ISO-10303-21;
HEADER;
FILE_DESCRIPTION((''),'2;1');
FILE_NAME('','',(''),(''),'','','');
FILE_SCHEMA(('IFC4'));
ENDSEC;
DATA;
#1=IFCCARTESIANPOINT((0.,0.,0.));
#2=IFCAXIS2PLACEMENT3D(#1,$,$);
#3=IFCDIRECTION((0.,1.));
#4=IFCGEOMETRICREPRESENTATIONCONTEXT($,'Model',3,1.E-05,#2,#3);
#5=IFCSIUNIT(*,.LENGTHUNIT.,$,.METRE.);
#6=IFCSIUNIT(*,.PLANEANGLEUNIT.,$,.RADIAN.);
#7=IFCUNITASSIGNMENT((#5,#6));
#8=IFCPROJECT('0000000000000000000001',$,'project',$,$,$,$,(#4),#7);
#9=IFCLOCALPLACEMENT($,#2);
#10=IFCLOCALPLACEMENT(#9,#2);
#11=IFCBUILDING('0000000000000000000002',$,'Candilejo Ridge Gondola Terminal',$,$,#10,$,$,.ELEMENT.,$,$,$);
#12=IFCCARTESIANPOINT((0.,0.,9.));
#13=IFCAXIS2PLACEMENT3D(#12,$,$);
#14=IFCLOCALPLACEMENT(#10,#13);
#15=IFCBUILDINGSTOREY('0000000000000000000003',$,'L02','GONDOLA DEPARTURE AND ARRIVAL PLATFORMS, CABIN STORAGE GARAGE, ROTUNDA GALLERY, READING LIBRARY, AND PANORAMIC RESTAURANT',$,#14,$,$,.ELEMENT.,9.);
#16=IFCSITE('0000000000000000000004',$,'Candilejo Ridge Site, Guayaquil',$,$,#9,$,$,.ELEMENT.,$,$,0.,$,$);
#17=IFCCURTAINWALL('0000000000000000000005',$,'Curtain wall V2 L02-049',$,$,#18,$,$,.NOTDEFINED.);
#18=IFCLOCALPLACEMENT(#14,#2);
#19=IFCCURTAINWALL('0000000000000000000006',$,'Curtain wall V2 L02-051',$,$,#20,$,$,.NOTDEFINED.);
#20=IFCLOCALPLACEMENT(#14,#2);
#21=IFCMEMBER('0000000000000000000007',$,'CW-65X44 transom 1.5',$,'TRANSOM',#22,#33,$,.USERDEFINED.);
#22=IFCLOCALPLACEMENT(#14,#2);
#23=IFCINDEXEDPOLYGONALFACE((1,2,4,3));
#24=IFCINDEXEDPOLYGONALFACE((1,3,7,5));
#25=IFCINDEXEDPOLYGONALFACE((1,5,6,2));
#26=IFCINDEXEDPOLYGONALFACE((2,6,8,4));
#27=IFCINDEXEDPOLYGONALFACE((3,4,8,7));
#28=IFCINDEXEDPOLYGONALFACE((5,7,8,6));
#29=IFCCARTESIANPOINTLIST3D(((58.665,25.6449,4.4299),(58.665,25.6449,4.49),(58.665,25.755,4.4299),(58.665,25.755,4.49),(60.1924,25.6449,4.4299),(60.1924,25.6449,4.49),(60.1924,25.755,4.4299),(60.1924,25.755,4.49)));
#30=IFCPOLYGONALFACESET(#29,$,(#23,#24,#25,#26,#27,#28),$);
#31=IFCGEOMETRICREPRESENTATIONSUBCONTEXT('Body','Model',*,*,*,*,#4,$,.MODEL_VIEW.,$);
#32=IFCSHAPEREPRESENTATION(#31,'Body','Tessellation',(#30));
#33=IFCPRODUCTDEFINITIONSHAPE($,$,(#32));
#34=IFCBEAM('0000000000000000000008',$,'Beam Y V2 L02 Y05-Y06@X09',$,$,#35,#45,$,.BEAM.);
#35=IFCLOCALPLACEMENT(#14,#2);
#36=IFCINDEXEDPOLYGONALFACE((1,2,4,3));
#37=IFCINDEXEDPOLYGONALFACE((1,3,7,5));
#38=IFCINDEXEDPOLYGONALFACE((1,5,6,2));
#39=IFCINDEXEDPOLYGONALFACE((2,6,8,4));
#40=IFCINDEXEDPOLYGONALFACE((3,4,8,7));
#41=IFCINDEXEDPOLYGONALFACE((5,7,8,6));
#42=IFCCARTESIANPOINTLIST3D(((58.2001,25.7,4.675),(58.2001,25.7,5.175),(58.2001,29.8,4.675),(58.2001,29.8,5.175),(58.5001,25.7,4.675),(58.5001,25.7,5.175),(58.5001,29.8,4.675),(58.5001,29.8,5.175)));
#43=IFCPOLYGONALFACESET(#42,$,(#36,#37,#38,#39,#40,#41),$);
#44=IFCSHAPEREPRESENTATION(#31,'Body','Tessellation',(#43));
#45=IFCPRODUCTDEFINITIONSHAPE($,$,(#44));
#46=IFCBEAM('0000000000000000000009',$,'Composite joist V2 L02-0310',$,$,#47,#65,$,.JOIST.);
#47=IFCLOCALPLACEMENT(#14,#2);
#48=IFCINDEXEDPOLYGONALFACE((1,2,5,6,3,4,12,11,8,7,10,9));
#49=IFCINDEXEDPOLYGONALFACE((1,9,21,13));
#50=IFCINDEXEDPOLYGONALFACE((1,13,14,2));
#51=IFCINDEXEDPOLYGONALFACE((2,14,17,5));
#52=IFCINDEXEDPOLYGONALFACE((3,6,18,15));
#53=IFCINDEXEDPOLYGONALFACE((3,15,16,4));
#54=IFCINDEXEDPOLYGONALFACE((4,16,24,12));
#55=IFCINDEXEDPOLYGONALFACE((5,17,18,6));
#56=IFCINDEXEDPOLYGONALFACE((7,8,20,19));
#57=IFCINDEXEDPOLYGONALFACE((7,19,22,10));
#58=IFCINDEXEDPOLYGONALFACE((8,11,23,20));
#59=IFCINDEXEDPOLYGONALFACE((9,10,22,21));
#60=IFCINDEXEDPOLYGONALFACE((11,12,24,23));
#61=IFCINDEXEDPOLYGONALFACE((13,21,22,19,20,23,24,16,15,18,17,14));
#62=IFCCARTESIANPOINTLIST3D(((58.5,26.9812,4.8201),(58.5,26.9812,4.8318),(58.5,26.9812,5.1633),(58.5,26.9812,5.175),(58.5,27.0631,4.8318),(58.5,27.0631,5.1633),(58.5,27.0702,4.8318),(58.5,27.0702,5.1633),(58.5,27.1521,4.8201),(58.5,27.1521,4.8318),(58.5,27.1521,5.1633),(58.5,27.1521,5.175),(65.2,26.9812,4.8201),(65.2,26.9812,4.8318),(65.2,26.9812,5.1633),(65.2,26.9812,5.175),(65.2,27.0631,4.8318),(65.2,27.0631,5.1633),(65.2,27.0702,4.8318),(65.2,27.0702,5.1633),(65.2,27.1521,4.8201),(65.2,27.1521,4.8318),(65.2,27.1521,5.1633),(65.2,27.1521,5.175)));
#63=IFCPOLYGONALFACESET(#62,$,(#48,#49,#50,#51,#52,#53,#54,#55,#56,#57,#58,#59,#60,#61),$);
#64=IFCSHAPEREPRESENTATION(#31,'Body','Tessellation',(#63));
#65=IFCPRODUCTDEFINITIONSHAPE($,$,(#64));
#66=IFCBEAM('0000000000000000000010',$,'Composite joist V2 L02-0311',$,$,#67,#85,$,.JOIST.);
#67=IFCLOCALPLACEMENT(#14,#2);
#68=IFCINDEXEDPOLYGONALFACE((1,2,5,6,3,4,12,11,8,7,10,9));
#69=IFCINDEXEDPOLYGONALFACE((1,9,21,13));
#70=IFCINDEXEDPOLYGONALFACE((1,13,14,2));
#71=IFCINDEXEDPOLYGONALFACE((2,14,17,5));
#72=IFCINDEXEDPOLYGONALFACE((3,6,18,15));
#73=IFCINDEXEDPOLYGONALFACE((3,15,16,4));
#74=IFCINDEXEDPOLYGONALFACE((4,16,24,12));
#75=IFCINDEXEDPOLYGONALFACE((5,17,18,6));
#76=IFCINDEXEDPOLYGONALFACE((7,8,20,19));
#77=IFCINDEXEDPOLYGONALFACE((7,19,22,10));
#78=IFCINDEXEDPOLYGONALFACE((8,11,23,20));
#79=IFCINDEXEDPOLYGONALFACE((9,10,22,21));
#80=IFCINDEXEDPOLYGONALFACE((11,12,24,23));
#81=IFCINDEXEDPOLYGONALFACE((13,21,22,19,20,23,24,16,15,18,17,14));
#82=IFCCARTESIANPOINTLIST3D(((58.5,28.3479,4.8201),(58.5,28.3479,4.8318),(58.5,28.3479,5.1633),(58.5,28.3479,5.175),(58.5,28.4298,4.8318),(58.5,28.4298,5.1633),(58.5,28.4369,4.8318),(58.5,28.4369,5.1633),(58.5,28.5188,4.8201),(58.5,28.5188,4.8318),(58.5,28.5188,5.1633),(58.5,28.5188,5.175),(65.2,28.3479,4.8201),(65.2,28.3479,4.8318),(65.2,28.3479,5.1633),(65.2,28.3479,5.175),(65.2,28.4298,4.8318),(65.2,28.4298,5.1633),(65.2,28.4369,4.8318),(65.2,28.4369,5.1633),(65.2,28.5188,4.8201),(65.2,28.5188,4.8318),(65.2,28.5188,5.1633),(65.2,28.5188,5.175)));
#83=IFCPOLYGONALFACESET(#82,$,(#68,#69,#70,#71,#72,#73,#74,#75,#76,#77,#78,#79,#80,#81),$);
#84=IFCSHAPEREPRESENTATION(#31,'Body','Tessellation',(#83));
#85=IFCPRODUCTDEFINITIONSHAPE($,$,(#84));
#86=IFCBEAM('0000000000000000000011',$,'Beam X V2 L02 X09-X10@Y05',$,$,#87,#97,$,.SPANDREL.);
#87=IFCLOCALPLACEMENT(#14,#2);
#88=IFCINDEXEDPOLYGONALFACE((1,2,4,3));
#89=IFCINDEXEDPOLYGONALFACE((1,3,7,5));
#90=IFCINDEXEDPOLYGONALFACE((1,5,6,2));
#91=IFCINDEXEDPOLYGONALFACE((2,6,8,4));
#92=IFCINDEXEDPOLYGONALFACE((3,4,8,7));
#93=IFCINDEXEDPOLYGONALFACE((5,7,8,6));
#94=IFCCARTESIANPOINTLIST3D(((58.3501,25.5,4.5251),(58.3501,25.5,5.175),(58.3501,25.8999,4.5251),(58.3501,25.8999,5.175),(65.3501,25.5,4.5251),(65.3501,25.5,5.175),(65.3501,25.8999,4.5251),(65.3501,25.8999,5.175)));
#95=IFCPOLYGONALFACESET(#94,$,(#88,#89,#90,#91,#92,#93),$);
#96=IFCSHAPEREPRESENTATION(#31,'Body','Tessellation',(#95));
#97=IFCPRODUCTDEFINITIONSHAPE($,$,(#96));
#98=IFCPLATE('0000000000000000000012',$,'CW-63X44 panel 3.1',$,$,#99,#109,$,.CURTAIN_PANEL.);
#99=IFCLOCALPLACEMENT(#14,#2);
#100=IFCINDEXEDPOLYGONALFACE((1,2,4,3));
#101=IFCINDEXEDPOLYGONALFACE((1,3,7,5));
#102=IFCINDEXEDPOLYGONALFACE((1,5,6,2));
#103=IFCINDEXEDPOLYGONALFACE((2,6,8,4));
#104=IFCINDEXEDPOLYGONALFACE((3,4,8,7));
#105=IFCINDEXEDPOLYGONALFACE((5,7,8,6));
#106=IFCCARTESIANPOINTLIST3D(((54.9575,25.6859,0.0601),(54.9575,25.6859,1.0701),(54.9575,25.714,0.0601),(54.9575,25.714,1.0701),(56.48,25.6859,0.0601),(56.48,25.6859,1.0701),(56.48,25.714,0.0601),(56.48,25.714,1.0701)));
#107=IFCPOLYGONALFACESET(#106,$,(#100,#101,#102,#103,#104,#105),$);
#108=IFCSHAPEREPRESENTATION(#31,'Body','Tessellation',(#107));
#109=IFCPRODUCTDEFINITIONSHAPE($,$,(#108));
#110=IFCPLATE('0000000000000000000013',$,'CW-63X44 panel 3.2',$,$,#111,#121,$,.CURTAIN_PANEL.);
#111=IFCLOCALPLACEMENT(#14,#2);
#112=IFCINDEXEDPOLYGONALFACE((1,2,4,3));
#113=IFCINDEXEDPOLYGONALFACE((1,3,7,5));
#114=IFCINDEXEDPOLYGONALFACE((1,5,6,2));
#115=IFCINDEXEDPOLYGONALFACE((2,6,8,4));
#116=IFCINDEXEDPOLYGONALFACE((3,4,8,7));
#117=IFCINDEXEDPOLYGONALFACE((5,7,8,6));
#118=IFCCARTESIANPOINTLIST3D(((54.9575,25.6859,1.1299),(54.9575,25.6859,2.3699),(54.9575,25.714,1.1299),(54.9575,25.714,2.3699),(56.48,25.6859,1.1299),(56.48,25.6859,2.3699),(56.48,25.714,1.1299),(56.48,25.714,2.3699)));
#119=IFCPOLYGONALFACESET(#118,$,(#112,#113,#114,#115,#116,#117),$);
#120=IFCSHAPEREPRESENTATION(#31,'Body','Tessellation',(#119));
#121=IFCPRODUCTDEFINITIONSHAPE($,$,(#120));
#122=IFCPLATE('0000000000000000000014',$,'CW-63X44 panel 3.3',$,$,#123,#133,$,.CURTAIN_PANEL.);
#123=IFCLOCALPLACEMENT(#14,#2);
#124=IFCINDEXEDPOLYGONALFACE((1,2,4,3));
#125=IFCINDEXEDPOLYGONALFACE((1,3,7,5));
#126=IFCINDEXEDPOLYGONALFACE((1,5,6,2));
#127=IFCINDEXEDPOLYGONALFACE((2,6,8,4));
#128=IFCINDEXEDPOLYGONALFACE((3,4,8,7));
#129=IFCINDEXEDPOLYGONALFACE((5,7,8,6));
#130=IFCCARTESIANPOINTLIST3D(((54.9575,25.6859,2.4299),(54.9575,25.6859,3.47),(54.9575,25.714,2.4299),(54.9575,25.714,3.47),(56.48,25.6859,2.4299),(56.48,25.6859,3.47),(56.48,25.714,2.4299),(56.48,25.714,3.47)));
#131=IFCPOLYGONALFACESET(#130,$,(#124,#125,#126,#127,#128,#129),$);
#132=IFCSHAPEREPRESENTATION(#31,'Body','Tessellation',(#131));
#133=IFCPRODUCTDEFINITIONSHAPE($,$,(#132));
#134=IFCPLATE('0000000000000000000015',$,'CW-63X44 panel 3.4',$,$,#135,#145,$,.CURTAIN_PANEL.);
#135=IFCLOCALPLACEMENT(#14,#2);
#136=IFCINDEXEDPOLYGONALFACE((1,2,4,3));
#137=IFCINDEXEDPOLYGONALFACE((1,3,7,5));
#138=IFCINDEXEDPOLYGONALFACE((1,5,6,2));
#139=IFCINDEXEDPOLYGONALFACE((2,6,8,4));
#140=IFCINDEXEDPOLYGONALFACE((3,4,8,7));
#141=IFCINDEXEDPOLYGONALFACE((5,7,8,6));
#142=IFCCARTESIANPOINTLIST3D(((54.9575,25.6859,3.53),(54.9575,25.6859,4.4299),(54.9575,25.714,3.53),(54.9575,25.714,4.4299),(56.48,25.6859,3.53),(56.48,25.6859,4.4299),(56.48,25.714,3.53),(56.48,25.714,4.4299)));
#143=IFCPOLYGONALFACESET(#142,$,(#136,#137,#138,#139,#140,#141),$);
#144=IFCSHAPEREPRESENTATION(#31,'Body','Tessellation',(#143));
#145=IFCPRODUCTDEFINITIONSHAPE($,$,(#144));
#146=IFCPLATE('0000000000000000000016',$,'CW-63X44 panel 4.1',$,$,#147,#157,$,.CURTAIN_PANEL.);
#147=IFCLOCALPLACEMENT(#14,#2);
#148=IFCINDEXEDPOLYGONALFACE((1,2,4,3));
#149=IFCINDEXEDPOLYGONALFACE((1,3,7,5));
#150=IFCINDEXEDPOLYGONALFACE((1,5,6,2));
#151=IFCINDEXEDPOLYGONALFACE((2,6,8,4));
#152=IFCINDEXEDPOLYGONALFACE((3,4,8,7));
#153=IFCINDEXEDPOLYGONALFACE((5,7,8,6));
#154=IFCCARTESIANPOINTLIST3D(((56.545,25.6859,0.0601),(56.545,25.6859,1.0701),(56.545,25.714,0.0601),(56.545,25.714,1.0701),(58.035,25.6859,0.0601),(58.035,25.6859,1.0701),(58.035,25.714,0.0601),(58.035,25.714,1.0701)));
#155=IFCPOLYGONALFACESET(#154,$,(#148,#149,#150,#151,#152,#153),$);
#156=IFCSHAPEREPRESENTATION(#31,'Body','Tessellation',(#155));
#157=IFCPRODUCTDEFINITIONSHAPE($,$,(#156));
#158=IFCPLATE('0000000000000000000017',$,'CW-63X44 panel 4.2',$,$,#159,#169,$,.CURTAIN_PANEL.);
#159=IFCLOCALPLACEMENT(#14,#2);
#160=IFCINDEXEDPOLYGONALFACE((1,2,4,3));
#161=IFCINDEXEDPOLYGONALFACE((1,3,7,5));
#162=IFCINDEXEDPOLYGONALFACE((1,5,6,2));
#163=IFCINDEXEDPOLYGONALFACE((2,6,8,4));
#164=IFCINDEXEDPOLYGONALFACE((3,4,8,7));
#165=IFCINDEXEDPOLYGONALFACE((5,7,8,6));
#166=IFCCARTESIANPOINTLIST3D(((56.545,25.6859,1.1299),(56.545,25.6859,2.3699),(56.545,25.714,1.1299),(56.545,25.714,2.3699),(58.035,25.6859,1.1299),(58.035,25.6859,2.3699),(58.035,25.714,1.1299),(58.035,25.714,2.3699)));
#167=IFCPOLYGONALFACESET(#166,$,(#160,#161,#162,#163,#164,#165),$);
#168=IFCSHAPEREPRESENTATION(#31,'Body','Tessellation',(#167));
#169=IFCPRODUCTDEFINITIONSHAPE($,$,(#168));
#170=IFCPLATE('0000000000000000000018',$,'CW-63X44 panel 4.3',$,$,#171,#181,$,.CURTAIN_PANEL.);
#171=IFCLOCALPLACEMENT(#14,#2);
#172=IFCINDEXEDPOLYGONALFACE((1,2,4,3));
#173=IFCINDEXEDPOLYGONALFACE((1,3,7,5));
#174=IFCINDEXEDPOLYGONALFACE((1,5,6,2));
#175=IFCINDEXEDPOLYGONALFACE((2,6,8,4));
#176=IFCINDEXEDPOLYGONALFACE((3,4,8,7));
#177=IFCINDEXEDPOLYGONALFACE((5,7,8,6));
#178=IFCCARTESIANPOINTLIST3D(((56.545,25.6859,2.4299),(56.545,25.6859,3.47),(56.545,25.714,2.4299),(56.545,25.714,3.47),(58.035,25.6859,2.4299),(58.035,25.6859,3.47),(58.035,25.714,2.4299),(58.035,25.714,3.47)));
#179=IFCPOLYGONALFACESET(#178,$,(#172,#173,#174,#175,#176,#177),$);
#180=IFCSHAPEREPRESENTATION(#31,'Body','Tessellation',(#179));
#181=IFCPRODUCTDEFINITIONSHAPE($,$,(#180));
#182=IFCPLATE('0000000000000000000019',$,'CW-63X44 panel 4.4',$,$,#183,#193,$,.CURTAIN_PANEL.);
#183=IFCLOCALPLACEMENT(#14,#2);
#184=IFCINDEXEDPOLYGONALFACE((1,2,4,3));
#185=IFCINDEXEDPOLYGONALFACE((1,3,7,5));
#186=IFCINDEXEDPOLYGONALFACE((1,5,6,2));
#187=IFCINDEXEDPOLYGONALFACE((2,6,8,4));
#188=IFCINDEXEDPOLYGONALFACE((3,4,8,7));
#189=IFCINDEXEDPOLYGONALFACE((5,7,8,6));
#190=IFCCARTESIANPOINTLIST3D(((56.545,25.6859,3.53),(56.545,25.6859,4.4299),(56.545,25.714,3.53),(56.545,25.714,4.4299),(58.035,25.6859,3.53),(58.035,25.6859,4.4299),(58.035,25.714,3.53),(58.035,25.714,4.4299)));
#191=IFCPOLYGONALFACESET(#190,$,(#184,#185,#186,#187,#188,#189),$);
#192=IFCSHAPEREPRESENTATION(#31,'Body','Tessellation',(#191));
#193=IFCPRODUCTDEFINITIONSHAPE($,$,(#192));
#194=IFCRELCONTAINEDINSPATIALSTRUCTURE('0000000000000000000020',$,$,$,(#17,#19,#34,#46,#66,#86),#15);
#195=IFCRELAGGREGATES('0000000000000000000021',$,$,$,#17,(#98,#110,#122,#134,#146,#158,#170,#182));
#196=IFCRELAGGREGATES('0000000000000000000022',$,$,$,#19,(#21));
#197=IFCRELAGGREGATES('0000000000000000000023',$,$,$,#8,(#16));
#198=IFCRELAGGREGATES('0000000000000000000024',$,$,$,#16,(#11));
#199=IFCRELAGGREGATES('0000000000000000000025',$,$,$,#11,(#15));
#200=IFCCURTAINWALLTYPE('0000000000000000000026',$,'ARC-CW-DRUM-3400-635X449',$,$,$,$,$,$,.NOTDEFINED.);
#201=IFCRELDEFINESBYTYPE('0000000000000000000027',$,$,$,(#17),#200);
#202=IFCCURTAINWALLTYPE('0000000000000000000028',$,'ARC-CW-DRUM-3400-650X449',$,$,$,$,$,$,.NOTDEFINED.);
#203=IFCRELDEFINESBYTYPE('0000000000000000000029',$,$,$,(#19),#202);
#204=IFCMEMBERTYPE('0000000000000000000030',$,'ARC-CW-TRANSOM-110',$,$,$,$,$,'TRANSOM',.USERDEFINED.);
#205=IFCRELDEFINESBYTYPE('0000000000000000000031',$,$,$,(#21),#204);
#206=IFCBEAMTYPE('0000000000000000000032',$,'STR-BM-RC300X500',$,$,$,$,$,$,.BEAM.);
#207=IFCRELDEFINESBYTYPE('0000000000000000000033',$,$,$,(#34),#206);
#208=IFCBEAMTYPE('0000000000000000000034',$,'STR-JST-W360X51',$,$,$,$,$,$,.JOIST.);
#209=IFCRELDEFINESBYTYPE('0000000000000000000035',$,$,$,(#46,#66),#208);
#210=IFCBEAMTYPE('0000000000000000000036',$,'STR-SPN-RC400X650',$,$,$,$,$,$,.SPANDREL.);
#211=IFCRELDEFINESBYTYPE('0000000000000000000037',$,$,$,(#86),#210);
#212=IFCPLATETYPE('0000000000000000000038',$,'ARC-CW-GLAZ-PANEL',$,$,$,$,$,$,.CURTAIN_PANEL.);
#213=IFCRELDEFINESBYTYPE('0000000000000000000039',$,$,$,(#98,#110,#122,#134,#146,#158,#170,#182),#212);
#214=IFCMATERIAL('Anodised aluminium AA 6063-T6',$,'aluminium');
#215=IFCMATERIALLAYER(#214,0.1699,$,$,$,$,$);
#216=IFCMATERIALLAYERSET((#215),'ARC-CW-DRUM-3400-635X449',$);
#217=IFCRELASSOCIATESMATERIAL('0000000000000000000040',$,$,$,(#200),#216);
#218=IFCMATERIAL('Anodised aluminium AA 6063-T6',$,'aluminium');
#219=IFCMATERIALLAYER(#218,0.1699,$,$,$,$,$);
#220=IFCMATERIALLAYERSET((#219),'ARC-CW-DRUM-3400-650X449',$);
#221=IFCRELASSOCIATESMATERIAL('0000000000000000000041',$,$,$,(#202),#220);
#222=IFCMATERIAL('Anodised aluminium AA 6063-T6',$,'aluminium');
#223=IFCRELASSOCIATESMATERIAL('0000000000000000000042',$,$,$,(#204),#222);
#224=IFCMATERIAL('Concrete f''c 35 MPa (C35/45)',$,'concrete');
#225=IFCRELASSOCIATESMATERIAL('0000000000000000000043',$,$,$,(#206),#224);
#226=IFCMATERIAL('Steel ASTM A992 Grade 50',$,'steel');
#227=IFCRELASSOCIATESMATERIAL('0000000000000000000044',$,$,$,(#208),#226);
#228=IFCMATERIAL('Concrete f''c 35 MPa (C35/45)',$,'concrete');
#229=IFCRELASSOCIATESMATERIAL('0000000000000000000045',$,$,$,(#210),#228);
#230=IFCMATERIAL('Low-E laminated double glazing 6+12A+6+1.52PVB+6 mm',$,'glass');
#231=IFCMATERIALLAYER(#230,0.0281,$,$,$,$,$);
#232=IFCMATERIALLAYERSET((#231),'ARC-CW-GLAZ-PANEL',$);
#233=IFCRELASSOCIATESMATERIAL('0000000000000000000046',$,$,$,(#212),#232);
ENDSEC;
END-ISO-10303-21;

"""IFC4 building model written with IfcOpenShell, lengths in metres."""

from ifc_helpers import new_model, si_unit, direction, frame, origin, origin_2d, place, context, subcontext, project, spatial, rectangle, i_section, extrude, material, layer, layer_set, material_profile, profile_set, type_object, element, aggregate, save


model = new_model("IFC4")

# Units and contexts
model_context = context("Model", 3, precision=1e-05, world=origin(), true_north=direction((0.0, 1.0)))
body_context = subcontext(model_context, "Body", "Model", "MODEL_VIEW")
ifc_project = project(units=[si_unit("LENGTHUNIT", "METRE"), si_unit("PLANEANGLEUNIT", "RADIAN")], contexts=[model_context])

# Site, building, storey
site_placement = place(None, origin())
site = spatial("IfcSite", under=ifc_project, at=site_placement, Name="Candilejo Ridge Site, Guayaquil", CompositionType="ELEMENT", RefElevation=0.0)
building_placement = place(site_placement, origin())
building = spatial("IfcBuilding", under=site, at=building_placement, Name="Candilejo Ridge Gondola Terminal", CompositionType="ELEMENT")
storey_placement = place(building_placement, frame((0.0, 0.0, 9.0)))
storey = spatial("IfcBuildingStorey", under=building, at=storey_placement, Name="L02", Description="GONDOLA DEPARTURE AND ARRIVAL PLATFORMS, CABIN STORAGE GARAGE, ROTUNDA GALLERY, READING LIBRARY, AND PANORAMIC RESTAURANT", CompositionType="ELEMENT", Elevation=9.0)

# Curtain wall
ifc_material_1 = material(Name="Anodised aluminium AA 6063-T6", Category="aluminium")
ifc_layer_1 = layer(ifc_material_1, 0.1699)
ifc_layer_set_1 = layer_set([ifc_layer_1], Name="ARC-CW-DRUM-3400-635X449")
curtain_wall_type_1 = type_object("IfcCurtainWallType", Name="ARC-CW-DRUM-3400-635X449", PredefinedType="NOTDEFINED", material=ifc_layer_set_1)
curtain_wall_1_placement = place(storey_placement, origin())
curtain_wall_1 = element("IfcCurtainWall", 1, at=curtain_wall_1_placement, inside=storey, type_object=curtain_wall_type_1, Name="Curtain wall V2 L02-049", PredefinedType="NOTDEFINED")

# Curtain wall
ifc_material_2 = material(Name="Anodised aluminium AA 6063-T6", Category="aluminium")
ifc_layer_2 = layer(ifc_material_2, 0.1699)
ifc_layer_set_2 = layer_set([ifc_layer_2], Name="ARC-CW-DRUM-3400-650X449")
curtain_wall_type_2 = type_object("IfcCurtainWallType", Name="ARC-CW-DRUM-3400-650X449", PredefinedType="NOTDEFINED", material=ifc_layer_set_2)
curtain_wall_2_placement = place(storey_placement, origin())
curtain_wall_2 = element("IfcCurtainWall", 2, at=curtain_wall_2_placement, inside=storey, type_object=curtain_wall_type_2, Name="Curtain wall V2 L02-051", PredefinedType="NOTDEFINED")

# Member
ifc_material_3 = material(Name="Anodised aluminium AA 6063-T6", Category="aluminium")
ifc_material_profile_1 = material_profile(ifc_material_3, rectangle(XDim=0.1101, YDim=0.0601, at=origin_2d()))
ifc_profile_set_1 = profile_set([ifc_material_profile_1], Name="Anodised aluminium AA 6063-T6")
member_type_1 = type_object("IfcMemberType", Name="ARC-CW-TRANSOM-110", ElementType="TRANSOM", PredefinedType="USERDEFINED", material=ifc_profile_set_1)
member_1_placement = place(storey_placement, frame((58.665, 25.7, 4.46), z_axis=(1.0, 0.0, 0.0), x_axis=(0.0, 1.0, 0.0)))
member_1 = element("IfcMember", 3, at=member_1_placement, type_object=member_type_1, Name="CW-65X44 transom 1.5", ObjectType="TRANSOM", PredefinedType="USERDEFINED", context=body_context, shape_type="SweptSolid", body=[
    extrude(rectangle(XDim=0.1101, YDim=0.0601, at=origin_2d()), origin(), (0.0, 0.0, 1.0), 1.5273),
])

# Beams
ifc_material_4 = material(Name="Concrete f'c 35 MPa (C35/45)", Category="concrete")
ifc_material_profile_2 = material_profile(ifc_material_4, rectangle(XDim=0.3, YDim=0.5, at=origin_2d()))
ifc_profile_set_2 = profile_set([ifc_material_profile_2], Name="Concrete f'c 35 MPa (C35/45)")
beam_type_1 = type_object("IfcBeamType", Name="STR-BM-RC300X500", PredefinedType="BEAM", material=ifc_profile_set_2)
beam_1_placement = place(storey_placement, frame((58.3501, 25.7, 4.925), z_axis=(0.0, 1.0, 0.0), x_axis=(-1.0, 0.0, 0.0)))
element("IfcBeam", 4, at=beam_1_placement, inside=storey, type_object=beam_type_1, Name="Beam Y V2 L02 Y05-Y06@X09", PredefinedType="BEAM", context=body_context, shape_type="SweptSolid", body=[
    extrude(rectangle(XDim=0.3, YDim=0.5, at=origin_2d()), origin(), (0.0, 0.0, 1.0), 4.1001),
])
ifc_material_5 = material(Name="Steel ASTM A992 Grade 50", Category="steel")
ifc_material_profile_3 = material_profile(ifc_material_5, i_section(OverallWidth=0.1709, OverallDepth=0.355, WebThickness=0.0071, FlangeThickness=0.0117, at=origin_2d()))
ifc_profile_set_3 = profile_set([ifc_material_profile_3], Name="Steel ASTM A992 Grade 50")
beam_type_2 = type_object("IfcBeamType", Name="STR-JST-W360X51", PredefinedType="JOIST", material=ifc_profile_set_3)
for number, where, z_axis, x_axis, name in (
    (5, (58.5, 27.0667, 4.9976), (1.0, 0.0, 0.0), (0.0, 1.0, 0.0), "Composite joist V2 L02-0310"),
    (6, (58.5, 28.4333, 4.9976), (1.0, 0.0, 0.0), (0.0, 1.0, 0.0), "Composite joist V2 L02-0311"),
):
    element("IfcBeam", number, at=place(storey_placement, frame(where, z_axis=z_axis, x_axis=x_axis)), inside=storey, type_object=beam_type_2, Name=name, PredefinedType="JOIST", context=body_context, shape_type="SweptSolid", body=[
        extrude(i_section(OverallWidth=0.1709, OverallDepth=0.355, WebThickness=0.0071, FlangeThickness=0.0117, at=origin_2d()), origin(), (0.0, 0.0, 1.0), 6.7),
    ])
ifc_material_6 = material(Name="Concrete f'c 35 MPa (C35/45)", Category="concrete")
ifc_material_profile_4 = material_profile(ifc_material_6, rectangle(XDim=0.3999, YDim=0.6499, at=origin_2d()))
ifc_profile_set_4 = profile_set([ifc_material_profile_4], Name="Concrete f'c 35 MPa (C35/45)")
beam_type_3 = type_object("IfcBeamType", Name="STR-SPN-RC400X650", PredefinedType="SPANDREL", material=ifc_profile_set_4)
beam_2_placement = place(storey_placement, frame((58.3501, 25.7, 4.8501), z_axis=(1.0, 0.0, 0.0), x_axis=(0.0, 1.0, 0.0)))
element("IfcBeam", 7, at=beam_2_placement, inside=storey, type_object=beam_type_3, Name="Beam X V2 L02 X09-X10@Y05", PredefinedType="SPANDREL", context=body_context, shape_type="SweptSolid", body=[
    extrude(rectangle(XDim=0.3999, YDim=0.6499, at=origin_2d()), origin(), (0.0, 0.0, 1.0), 7.0),
])

# Plates
ifc_material_7 = material(Name="Low-E laminated double glazing 6+12A+6+1.52PVB+6 mm", Category="glass")
ifc_layer_3 = layer(ifc_material_7, 0.0281)
ifc_layer_set_3 = layer_set([ifc_layer_3], Name="ARC-CW-GLAZ-PANEL")
plate_type = type_object("IfcPlateType", Name="ARC-CW-GLAZ-PANEL", PredefinedType="CURTAIN_PANEL", material=ifc_layer_set_3)
plate_1_placement = place(storey_placement, frame((55.7188, 25.7, 0.0601), z_axis=(0.0, 0.0, 1.0), x_axis=(1.0, 0.0, 0.0)))
plate_1 = element("IfcPlate", 8, at=plate_1_placement, type_object=plate_type, Name="CW-63X44 panel 3.1", PredefinedType="CURTAIN_PANEL", context=body_context, shape_type="SweptSolid", body=[
    extrude(rectangle(XDim=1.5225, YDim=0.0281, at=origin_2d()), origin(), (0.0, 0.0, 1.0), 1.01),
])
plate_2_placement = place(storey_placement, frame((55.7188, 25.7, 1.1299), z_axis=(0.0, 0.0, 1.0), x_axis=(1.0, 0.0, 0.0)))
plate_2 = element("IfcPlate", 9, at=plate_2_placement, type_object=plate_type, Name="CW-63X44 panel 3.2", PredefinedType="CURTAIN_PANEL", context=body_context, shape_type="SweptSolid", body=[
    extrude(rectangle(XDim=1.5225, YDim=0.0281, at=origin_2d()), origin(), (0.0, 0.0, 1.0), 1.24),
])
plate_3_placement = place(storey_placement, frame((55.7188, 25.7, 2.4299), z_axis=(0.0, 0.0, 1.0), x_axis=(1.0, 0.0, 0.0)))
plate_3 = element("IfcPlate", 10, at=plate_3_placement, type_object=plate_type, Name="CW-63X44 panel 3.3", PredefinedType="CURTAIN_PANEL", context=body_context, shape_type="SweptSolid", body=[
    extrude(rectangle(XDim=1.5225, YDim=0.0281, at=origin_2d()), origin(), (0.0, 0.0, 1.0), 1.04),
])
plate_4_placement = place(storey_placement, frame((55.7188, 25.7, 3.53), z_axis=(0.0, 0.0, 1.0), x_axis=(1.0, 0.0, 0.0)))
plate_4 = element("IfcPlate", 11, at=plate_4_placement, type_object=plate_type, Name="CW-63X44 panel 3.4", PredefinedType="CURTAIN_PANEL", context=body_context, shape_type="SweptSolid", body=[
    extrude(rectangle(XDim=1.5225, YDim=0.0281, at=origin_2d()), origin(), (0.0, 0.0, 1.0), 0.8999),
])
plate_5_placement = place(storey_placement, frame((57.29, 25.7, 0.0601), z_axis=(0.0, 0.0, 1.0), x_axis=(1.0, 0.0, 0.0)))
plate_5 = element("IfcPlate", 12, at=plate_5_placement, type_object=plate_type, Name="CW-63X44 panel 4.1", PredefinedType="CURTAIN_PANEL", context=body_context, shape_type="SweptSolid", body=[
    extrude(rectangle(XDim=1.49, YDim=0.0281, at=origin_2d()), origin(), (0.0, 0.0, 1.0), 1.01),
])
plate_6_placement = place(storey_placement, frame((57.29, 25.7, 1.1299), z_axis=(0.0, 0.0, 1.0), x_axis=(1.0, 0.0, 0.0)))
plate_6 = element("IfcPlate", 13, at=plate_6_placement, type_object=plate_type, Name="CW-63X44 panel 4.2", PredefinedType="CURTAIN_PANEL", context=body_context, shape_type="SweptSolid", body=[
    extrude(rectangle(XDim=1.49, YDim=0.0281, at=origin_2d()), origin(), (0.0, 0.0, 1.0), 1.24),
])
plate_7_placement = place(storey_placement, frame((57.29, 25.7, 2.4299), z_axis=(0.0, 0.0, 1.0), x_axis=(1.0, 0.0, 0.0)))
plate_7 = element("IfcPlate", 14, at=plate_7_placement, type_object=plate_type, Name="CW-63X44 panel 4.3", PredefinedType="CURTAIN_PANEL", context=body_context, shape_type="SweptSolid", body=[
    extrude(rectangle(XDim=1.49, YDim=0.0281, at=origin_2d()), origin(), (0.0, 0.0, 1.0), 1.04),
])
plate_8_placement = place(storey_placement, frame((57.29, 25.7, 3.53), z_axis=(0.0, 0.0, 1.0), x_axis=(1.0, 0.0, 0.0)))
plate_8 = element("IfcPlate", 15, at=plate_8_placement, type_object=plate_type, Name="CW-63X44 panel 4.4", PredefinedType="CURTAIN_PANEL", context=body_context, shape_type="SweptSolid", body=[
    extrude(rectangle(XDim=1.49, YDim=0.0281, at=origin_2d()), origin(), (0.0, 0.0, 1.0), 0.8999),
])
aggregate(curtain_wall_1, [plate_1, plate_2, plate_3, plate_4, plate_5, plate_6, plate_7, plate_8])
aggregate(curtain_wall_2, [member_1])

save(model, "model.ifc")
